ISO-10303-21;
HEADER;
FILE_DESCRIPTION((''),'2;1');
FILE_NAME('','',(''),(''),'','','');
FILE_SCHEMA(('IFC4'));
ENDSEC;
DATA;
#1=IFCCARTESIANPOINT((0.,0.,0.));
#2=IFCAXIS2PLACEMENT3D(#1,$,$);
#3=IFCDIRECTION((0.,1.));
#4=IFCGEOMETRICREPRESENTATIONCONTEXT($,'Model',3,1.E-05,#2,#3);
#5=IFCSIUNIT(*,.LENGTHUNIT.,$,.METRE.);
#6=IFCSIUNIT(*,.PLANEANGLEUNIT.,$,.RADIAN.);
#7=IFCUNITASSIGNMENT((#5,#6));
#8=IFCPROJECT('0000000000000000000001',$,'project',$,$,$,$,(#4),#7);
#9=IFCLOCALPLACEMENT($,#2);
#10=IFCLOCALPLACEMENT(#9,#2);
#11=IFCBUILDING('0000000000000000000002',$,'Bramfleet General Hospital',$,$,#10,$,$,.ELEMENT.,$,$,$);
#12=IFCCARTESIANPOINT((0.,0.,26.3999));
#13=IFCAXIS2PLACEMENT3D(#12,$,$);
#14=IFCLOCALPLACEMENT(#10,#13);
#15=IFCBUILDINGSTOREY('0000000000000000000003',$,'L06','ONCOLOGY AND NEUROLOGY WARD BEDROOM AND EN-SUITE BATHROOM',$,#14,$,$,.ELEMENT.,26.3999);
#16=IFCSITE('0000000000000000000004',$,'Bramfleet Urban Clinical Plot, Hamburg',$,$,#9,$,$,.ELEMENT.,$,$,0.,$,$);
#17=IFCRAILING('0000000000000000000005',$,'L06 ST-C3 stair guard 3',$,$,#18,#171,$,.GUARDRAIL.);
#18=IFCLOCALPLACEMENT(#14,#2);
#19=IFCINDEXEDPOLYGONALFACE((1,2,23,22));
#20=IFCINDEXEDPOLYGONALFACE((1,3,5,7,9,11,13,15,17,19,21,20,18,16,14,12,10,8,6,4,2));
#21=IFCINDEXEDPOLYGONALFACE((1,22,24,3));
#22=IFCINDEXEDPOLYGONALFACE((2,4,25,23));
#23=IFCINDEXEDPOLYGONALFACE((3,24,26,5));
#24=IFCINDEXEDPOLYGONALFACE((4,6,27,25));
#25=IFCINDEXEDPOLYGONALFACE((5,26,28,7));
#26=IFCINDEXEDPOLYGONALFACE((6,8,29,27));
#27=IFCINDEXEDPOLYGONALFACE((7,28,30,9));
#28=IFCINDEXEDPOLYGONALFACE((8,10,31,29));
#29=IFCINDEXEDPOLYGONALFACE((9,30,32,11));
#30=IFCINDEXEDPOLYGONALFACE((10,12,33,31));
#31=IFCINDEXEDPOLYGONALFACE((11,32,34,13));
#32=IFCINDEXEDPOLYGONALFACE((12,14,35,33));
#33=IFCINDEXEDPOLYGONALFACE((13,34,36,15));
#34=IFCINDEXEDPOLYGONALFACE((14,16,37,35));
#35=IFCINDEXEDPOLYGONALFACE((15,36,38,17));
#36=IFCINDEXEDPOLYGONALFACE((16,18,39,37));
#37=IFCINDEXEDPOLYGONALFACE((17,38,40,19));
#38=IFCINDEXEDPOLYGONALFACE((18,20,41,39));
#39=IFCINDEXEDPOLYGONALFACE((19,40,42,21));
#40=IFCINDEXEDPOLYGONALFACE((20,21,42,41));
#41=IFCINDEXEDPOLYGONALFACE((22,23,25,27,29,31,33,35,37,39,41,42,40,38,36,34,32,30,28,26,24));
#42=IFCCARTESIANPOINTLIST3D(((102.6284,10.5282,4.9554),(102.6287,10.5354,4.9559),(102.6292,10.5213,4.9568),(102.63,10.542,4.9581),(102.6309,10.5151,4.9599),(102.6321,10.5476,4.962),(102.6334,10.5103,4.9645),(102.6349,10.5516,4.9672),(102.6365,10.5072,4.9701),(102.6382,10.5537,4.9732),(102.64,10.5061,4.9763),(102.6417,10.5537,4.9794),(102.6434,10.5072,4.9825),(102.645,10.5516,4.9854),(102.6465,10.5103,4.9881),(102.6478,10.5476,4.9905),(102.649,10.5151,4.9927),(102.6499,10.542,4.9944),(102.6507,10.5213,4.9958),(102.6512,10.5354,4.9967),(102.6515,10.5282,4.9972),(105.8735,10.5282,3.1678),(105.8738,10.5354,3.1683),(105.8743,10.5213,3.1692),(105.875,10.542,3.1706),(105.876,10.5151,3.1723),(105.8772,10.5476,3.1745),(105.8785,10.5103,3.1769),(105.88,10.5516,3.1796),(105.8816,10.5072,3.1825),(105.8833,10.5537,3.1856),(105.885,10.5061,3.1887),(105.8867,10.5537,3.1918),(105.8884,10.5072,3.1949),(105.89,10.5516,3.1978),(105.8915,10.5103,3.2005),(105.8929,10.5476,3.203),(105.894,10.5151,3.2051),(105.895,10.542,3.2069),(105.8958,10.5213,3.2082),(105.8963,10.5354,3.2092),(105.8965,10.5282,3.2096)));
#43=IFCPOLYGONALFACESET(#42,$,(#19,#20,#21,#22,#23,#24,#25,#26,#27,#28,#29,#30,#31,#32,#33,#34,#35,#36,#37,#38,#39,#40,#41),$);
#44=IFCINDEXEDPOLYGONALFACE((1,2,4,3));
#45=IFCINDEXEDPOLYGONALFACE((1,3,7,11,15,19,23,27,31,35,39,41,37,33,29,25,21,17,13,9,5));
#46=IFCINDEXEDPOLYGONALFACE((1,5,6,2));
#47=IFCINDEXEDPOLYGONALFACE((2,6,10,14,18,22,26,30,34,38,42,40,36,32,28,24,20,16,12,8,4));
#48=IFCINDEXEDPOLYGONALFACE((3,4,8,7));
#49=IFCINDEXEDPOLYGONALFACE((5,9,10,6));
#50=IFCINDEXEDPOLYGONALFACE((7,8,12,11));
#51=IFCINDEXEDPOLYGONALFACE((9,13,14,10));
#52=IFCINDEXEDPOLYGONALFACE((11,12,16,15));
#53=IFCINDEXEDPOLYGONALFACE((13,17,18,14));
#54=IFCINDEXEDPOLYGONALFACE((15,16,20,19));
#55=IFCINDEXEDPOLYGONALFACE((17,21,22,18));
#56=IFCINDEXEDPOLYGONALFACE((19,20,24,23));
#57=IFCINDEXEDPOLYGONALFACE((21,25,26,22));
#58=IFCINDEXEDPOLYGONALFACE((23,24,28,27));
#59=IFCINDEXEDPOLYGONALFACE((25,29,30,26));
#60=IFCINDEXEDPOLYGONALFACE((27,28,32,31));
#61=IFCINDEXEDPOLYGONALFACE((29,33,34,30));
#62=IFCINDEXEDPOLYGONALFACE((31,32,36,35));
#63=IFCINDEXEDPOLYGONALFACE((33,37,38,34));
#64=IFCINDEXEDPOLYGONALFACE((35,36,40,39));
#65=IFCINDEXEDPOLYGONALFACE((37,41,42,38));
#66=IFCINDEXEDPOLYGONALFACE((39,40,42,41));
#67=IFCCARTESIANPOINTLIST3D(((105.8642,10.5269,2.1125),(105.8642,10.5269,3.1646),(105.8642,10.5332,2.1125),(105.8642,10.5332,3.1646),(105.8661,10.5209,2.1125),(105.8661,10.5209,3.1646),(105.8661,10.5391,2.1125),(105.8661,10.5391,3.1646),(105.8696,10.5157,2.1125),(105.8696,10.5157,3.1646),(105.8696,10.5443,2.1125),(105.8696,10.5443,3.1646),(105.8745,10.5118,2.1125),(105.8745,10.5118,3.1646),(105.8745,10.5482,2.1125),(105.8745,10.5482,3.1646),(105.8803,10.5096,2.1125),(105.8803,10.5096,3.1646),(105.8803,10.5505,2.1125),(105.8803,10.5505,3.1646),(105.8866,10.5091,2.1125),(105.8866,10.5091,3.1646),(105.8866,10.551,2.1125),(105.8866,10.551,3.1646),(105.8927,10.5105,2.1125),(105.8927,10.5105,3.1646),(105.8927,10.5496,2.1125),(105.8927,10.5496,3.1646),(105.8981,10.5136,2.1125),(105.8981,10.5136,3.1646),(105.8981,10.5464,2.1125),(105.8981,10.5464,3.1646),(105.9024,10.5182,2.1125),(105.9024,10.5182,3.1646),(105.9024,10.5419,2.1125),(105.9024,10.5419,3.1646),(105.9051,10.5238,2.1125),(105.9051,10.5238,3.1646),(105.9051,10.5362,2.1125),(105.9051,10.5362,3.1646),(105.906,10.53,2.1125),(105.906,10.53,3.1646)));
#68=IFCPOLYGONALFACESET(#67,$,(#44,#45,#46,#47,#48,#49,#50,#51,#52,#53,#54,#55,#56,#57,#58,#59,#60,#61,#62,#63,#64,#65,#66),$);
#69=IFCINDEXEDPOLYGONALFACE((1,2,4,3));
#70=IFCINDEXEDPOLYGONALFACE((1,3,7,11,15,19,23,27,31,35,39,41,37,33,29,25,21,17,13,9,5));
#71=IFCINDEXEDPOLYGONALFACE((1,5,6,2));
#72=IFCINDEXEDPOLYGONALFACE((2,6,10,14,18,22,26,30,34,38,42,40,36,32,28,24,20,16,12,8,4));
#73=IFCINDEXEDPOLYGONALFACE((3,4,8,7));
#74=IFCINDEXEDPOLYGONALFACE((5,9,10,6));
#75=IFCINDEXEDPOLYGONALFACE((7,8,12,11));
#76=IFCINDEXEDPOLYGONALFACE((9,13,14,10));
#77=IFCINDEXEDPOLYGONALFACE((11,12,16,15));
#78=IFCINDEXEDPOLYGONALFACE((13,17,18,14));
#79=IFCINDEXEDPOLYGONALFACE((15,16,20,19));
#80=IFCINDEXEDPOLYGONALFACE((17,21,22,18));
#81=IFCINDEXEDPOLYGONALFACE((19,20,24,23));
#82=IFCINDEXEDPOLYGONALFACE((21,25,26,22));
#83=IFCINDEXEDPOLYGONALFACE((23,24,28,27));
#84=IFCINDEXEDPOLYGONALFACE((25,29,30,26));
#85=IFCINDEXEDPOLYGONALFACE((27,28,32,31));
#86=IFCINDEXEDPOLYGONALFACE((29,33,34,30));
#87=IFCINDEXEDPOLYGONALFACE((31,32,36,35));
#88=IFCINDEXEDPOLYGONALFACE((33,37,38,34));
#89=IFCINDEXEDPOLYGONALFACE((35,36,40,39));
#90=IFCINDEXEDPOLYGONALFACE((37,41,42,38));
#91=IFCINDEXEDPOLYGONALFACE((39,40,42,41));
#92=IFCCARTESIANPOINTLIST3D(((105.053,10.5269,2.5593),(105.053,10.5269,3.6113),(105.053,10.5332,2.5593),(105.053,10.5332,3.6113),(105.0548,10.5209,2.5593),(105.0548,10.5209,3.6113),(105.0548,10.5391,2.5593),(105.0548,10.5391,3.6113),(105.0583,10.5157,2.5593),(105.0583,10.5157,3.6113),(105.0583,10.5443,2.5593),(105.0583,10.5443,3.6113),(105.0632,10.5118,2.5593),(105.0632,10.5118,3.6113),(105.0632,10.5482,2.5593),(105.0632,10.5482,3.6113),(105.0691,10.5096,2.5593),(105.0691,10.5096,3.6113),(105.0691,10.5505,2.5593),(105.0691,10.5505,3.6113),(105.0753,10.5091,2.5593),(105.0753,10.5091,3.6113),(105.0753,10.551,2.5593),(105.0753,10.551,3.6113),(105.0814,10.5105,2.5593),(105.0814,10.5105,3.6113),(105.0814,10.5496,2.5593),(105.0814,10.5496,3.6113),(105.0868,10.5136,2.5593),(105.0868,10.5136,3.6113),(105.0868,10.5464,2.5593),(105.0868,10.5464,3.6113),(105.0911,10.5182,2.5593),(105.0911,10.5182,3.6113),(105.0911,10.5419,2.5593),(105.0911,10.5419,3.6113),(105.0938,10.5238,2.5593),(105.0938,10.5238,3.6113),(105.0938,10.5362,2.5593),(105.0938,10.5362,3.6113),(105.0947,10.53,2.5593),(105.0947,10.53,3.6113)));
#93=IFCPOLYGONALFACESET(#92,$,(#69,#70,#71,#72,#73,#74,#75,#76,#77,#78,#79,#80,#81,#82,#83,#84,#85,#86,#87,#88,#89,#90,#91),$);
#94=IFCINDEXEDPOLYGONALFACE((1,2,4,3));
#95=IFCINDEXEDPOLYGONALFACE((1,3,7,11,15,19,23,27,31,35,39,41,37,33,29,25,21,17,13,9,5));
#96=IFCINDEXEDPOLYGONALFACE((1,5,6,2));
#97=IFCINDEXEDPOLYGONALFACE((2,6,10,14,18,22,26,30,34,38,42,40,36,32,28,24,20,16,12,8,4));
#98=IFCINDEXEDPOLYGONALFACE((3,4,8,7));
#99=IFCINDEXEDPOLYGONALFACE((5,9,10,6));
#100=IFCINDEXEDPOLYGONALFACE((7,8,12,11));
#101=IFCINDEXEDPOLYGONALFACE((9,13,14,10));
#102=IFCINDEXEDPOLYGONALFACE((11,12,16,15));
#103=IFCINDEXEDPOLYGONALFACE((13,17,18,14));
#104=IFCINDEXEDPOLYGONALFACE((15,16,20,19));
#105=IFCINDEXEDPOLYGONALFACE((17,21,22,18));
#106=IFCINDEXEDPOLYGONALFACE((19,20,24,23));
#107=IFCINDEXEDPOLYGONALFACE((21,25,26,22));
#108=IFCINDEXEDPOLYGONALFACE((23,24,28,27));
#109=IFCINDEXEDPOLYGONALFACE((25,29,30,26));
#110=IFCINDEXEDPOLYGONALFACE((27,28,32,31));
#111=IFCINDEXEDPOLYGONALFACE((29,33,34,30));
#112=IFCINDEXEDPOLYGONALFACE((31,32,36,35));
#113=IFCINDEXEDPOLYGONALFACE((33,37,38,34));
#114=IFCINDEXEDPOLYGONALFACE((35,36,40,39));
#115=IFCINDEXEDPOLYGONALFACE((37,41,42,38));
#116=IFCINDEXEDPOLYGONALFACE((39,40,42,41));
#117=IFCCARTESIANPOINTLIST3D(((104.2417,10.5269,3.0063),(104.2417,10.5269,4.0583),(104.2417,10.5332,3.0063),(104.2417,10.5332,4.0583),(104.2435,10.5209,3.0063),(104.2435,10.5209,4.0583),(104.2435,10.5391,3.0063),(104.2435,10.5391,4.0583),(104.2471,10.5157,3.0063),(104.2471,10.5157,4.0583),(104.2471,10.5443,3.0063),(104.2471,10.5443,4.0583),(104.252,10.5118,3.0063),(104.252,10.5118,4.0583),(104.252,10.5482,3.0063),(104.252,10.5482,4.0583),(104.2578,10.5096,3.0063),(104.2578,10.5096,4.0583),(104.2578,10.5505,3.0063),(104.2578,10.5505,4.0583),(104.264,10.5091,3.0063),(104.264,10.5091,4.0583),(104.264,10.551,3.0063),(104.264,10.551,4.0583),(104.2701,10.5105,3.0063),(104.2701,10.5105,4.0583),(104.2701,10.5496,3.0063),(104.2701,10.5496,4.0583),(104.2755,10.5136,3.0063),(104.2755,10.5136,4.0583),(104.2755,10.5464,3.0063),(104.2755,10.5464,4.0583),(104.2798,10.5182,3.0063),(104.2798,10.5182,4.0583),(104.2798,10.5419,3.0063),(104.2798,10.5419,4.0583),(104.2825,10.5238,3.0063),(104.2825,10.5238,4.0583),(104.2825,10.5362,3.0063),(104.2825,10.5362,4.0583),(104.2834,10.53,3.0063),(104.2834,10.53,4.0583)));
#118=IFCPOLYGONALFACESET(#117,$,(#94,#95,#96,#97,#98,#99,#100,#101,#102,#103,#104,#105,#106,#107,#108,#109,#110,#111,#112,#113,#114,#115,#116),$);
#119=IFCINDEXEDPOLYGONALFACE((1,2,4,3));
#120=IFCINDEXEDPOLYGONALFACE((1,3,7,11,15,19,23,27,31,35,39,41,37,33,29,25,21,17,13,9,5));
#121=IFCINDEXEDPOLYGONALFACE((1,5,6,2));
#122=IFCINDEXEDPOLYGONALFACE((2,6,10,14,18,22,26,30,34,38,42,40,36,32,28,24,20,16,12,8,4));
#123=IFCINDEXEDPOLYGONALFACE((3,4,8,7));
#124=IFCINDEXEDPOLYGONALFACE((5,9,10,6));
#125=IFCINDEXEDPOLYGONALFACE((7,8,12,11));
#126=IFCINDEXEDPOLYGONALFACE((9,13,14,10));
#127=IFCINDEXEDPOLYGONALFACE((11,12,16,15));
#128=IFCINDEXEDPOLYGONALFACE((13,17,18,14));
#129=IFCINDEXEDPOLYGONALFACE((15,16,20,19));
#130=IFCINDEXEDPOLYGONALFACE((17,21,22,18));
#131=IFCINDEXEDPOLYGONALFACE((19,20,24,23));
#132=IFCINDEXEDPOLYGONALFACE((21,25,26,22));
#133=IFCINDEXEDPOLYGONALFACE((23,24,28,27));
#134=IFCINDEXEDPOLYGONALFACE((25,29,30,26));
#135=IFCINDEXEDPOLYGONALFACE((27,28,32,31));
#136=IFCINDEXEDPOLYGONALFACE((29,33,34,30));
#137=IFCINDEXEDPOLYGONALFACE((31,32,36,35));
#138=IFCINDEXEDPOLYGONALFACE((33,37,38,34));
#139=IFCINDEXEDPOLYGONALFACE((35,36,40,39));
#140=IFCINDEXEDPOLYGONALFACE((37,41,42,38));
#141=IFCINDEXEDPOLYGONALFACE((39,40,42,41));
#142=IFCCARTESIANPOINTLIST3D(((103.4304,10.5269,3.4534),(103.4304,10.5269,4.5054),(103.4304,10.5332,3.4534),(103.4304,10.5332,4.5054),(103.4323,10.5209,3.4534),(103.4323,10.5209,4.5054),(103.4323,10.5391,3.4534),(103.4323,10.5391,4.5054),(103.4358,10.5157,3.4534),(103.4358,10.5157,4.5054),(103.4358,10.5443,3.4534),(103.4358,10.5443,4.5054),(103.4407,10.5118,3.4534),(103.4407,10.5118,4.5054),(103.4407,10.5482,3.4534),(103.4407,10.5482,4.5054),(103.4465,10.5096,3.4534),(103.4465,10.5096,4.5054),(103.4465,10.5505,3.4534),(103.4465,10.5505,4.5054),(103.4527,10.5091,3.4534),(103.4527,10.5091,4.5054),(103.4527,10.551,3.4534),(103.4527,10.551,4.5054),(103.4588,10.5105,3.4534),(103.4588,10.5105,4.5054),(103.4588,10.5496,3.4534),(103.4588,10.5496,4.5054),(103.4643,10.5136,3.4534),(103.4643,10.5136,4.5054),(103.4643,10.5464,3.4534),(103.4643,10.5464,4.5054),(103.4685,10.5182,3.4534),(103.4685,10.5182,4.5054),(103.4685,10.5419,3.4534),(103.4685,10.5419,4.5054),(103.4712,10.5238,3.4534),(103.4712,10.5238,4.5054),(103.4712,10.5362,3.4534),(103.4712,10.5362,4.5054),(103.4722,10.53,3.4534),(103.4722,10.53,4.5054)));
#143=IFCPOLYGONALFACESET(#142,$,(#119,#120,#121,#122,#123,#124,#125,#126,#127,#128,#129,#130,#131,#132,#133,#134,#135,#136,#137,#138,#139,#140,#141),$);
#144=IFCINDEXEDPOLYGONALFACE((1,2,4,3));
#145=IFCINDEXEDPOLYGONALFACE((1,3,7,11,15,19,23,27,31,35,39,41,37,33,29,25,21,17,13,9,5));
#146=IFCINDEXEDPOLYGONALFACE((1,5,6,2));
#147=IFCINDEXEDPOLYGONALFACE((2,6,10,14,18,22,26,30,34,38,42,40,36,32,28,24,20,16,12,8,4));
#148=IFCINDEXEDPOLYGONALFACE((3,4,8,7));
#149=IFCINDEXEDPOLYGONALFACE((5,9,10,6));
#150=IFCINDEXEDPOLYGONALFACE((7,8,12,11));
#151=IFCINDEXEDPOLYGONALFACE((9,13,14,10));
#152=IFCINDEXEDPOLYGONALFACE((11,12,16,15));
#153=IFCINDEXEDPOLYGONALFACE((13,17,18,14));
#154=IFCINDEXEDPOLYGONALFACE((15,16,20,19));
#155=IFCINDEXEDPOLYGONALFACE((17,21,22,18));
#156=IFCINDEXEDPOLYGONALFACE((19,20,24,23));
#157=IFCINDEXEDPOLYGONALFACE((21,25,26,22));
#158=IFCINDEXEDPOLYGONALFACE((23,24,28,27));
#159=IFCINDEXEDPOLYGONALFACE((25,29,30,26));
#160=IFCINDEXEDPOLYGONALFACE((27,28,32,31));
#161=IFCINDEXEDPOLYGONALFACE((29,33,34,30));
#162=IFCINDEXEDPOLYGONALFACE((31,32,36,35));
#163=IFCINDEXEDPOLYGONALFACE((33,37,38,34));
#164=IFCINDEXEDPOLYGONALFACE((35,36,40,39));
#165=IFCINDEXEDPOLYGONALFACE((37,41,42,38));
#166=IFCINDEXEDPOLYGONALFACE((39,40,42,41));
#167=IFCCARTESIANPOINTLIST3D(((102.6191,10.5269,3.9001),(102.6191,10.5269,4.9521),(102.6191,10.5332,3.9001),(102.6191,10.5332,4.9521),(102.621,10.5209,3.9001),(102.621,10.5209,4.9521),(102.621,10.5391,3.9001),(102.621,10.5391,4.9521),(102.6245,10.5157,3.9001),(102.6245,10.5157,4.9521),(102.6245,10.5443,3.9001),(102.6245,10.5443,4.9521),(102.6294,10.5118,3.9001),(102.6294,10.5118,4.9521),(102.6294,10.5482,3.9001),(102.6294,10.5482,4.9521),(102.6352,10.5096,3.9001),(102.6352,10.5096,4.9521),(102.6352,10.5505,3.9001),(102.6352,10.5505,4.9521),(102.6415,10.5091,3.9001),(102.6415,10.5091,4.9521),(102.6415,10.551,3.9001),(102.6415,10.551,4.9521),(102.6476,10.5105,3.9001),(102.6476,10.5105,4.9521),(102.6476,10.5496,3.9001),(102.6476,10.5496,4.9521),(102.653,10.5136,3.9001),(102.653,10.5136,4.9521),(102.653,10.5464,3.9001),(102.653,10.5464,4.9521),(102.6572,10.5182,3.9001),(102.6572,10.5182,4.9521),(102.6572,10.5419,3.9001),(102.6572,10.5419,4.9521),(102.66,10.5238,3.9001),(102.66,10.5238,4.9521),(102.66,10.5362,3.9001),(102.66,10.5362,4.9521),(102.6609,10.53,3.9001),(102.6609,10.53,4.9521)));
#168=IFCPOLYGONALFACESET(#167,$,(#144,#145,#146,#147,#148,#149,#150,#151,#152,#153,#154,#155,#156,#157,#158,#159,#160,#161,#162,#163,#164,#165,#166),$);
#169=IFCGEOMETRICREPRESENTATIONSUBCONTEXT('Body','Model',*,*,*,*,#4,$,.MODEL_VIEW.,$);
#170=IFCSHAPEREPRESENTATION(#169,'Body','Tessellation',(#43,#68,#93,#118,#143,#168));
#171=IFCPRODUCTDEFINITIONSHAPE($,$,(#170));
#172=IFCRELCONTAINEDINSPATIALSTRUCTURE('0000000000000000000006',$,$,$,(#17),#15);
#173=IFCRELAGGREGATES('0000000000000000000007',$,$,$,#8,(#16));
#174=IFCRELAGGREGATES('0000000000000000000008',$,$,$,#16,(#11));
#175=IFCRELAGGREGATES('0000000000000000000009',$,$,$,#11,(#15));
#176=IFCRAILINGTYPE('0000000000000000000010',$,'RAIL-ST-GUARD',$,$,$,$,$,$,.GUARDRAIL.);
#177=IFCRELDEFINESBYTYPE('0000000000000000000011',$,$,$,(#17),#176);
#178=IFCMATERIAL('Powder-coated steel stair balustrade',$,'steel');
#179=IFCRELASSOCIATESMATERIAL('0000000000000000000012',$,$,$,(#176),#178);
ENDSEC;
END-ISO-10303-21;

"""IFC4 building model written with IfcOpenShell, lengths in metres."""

from ifc_helpers import new_model, si_unit, direction, frame, origin, origin_2d, place, context, subcontext, project, spatial, circle, extrude, material, type_object, element, save


model = new_model("IFC4")

# Units and contexts
model_context = context("Model", 3, precision=1e-05, world=origin(), true_north=direction((0.0, 1.0)))
body_context = subcontext(model_context, "Body", "Model", "MODEL_VIEW")
ifc_project = project(units=[si_unit("LENGTHUNIT", "METRE"), si_unit("PLANEANGLEUNIT", "RADIAN")], contexts=[model_context])

# Site, building, storey
site_placement = place(None, origin())
site = spatial("IfcSite", under=ifc_project, at=site_placement, Name="Bramfleet Urban Clinical Plot, Hamburg", CompositionType="ELEMENT", RefElevation=0.0)
building_placement = place(site_placement, origin())
building = spatial("IfcBuilding", under=site, at=building_placement, Name="Bramfleet General Hospital", CompositionType="ELEMENT")
storey_placement = place(building_placement, frame((0.0, 0.0, 26.3999)))
storey = spatial("IfcBuildingStorey", under=building, at=storey_placement, Name="L06", Description="ONCOLOGY AND NEUROLOGY WARD BEDROOM AND EN-SUITE BATHROOM", CompositionType="ELEMENT", Elevation=26.3999)

# Railing
ifc_material_1 = material(Name="Powder-coated steel stair balustrade", Category="steel")
railing_type_1 = type_object("IfcRailingType", Name="RAIL-ST-GUARD", PredefinedType="GUARDRAIL", material=ifc_material_1)
railing_1_placement = place(storey_placement, frame((105.885, 10.53, 2.1125)))
element("IfcRailing", 1, at=railing_1_placement, inside=storey, type_object=railing_type_1, Name="L06 ST-C3 stair guard 3", PredefinedType="GUARDRAIL", context=body_context, shape_type="SweptSolid", body=[
    extrude(circle(Radius=0.0239, at=origin_2d()), frame((0.0, 0.0, 1.0762), z_axis=(-0.875899, 0.0, 0.482495), x_axis=(0.0, -1.0, 0.0)), (0.0, 0.0, 1.0), 3.7048),
    extrude(circle(Radius=0.021, at=origin_2d()), origin(), (0.0, 0.0, 1.0), 1.052),
    extrude(circle(Radius=0.021, at=origin_2d()), frame((-0.8113, 0.0, 0.4468)), (0.0, 0.0, 1.0), 1.052),
    extrude(circle(Radius=0.021, at=origin_2d()), frame((-1.6226, 0.0, 0.8938)), (0.0, 0.0, 1.0), 1.052),
    extrude(circle(Radius=0.021, at=origin_2d()), frame((-2.4338, 0.0, 1.3408)), (0.0, 0.0, 1.0), 1.052),
    extrude(circle(Radius=0.021, at=origin_2d()), frame((-3.2451, 0.0, 1.7876)), (0.0, 0.0, 1.0), 1.052),
])

save(model, "model.ifc")
